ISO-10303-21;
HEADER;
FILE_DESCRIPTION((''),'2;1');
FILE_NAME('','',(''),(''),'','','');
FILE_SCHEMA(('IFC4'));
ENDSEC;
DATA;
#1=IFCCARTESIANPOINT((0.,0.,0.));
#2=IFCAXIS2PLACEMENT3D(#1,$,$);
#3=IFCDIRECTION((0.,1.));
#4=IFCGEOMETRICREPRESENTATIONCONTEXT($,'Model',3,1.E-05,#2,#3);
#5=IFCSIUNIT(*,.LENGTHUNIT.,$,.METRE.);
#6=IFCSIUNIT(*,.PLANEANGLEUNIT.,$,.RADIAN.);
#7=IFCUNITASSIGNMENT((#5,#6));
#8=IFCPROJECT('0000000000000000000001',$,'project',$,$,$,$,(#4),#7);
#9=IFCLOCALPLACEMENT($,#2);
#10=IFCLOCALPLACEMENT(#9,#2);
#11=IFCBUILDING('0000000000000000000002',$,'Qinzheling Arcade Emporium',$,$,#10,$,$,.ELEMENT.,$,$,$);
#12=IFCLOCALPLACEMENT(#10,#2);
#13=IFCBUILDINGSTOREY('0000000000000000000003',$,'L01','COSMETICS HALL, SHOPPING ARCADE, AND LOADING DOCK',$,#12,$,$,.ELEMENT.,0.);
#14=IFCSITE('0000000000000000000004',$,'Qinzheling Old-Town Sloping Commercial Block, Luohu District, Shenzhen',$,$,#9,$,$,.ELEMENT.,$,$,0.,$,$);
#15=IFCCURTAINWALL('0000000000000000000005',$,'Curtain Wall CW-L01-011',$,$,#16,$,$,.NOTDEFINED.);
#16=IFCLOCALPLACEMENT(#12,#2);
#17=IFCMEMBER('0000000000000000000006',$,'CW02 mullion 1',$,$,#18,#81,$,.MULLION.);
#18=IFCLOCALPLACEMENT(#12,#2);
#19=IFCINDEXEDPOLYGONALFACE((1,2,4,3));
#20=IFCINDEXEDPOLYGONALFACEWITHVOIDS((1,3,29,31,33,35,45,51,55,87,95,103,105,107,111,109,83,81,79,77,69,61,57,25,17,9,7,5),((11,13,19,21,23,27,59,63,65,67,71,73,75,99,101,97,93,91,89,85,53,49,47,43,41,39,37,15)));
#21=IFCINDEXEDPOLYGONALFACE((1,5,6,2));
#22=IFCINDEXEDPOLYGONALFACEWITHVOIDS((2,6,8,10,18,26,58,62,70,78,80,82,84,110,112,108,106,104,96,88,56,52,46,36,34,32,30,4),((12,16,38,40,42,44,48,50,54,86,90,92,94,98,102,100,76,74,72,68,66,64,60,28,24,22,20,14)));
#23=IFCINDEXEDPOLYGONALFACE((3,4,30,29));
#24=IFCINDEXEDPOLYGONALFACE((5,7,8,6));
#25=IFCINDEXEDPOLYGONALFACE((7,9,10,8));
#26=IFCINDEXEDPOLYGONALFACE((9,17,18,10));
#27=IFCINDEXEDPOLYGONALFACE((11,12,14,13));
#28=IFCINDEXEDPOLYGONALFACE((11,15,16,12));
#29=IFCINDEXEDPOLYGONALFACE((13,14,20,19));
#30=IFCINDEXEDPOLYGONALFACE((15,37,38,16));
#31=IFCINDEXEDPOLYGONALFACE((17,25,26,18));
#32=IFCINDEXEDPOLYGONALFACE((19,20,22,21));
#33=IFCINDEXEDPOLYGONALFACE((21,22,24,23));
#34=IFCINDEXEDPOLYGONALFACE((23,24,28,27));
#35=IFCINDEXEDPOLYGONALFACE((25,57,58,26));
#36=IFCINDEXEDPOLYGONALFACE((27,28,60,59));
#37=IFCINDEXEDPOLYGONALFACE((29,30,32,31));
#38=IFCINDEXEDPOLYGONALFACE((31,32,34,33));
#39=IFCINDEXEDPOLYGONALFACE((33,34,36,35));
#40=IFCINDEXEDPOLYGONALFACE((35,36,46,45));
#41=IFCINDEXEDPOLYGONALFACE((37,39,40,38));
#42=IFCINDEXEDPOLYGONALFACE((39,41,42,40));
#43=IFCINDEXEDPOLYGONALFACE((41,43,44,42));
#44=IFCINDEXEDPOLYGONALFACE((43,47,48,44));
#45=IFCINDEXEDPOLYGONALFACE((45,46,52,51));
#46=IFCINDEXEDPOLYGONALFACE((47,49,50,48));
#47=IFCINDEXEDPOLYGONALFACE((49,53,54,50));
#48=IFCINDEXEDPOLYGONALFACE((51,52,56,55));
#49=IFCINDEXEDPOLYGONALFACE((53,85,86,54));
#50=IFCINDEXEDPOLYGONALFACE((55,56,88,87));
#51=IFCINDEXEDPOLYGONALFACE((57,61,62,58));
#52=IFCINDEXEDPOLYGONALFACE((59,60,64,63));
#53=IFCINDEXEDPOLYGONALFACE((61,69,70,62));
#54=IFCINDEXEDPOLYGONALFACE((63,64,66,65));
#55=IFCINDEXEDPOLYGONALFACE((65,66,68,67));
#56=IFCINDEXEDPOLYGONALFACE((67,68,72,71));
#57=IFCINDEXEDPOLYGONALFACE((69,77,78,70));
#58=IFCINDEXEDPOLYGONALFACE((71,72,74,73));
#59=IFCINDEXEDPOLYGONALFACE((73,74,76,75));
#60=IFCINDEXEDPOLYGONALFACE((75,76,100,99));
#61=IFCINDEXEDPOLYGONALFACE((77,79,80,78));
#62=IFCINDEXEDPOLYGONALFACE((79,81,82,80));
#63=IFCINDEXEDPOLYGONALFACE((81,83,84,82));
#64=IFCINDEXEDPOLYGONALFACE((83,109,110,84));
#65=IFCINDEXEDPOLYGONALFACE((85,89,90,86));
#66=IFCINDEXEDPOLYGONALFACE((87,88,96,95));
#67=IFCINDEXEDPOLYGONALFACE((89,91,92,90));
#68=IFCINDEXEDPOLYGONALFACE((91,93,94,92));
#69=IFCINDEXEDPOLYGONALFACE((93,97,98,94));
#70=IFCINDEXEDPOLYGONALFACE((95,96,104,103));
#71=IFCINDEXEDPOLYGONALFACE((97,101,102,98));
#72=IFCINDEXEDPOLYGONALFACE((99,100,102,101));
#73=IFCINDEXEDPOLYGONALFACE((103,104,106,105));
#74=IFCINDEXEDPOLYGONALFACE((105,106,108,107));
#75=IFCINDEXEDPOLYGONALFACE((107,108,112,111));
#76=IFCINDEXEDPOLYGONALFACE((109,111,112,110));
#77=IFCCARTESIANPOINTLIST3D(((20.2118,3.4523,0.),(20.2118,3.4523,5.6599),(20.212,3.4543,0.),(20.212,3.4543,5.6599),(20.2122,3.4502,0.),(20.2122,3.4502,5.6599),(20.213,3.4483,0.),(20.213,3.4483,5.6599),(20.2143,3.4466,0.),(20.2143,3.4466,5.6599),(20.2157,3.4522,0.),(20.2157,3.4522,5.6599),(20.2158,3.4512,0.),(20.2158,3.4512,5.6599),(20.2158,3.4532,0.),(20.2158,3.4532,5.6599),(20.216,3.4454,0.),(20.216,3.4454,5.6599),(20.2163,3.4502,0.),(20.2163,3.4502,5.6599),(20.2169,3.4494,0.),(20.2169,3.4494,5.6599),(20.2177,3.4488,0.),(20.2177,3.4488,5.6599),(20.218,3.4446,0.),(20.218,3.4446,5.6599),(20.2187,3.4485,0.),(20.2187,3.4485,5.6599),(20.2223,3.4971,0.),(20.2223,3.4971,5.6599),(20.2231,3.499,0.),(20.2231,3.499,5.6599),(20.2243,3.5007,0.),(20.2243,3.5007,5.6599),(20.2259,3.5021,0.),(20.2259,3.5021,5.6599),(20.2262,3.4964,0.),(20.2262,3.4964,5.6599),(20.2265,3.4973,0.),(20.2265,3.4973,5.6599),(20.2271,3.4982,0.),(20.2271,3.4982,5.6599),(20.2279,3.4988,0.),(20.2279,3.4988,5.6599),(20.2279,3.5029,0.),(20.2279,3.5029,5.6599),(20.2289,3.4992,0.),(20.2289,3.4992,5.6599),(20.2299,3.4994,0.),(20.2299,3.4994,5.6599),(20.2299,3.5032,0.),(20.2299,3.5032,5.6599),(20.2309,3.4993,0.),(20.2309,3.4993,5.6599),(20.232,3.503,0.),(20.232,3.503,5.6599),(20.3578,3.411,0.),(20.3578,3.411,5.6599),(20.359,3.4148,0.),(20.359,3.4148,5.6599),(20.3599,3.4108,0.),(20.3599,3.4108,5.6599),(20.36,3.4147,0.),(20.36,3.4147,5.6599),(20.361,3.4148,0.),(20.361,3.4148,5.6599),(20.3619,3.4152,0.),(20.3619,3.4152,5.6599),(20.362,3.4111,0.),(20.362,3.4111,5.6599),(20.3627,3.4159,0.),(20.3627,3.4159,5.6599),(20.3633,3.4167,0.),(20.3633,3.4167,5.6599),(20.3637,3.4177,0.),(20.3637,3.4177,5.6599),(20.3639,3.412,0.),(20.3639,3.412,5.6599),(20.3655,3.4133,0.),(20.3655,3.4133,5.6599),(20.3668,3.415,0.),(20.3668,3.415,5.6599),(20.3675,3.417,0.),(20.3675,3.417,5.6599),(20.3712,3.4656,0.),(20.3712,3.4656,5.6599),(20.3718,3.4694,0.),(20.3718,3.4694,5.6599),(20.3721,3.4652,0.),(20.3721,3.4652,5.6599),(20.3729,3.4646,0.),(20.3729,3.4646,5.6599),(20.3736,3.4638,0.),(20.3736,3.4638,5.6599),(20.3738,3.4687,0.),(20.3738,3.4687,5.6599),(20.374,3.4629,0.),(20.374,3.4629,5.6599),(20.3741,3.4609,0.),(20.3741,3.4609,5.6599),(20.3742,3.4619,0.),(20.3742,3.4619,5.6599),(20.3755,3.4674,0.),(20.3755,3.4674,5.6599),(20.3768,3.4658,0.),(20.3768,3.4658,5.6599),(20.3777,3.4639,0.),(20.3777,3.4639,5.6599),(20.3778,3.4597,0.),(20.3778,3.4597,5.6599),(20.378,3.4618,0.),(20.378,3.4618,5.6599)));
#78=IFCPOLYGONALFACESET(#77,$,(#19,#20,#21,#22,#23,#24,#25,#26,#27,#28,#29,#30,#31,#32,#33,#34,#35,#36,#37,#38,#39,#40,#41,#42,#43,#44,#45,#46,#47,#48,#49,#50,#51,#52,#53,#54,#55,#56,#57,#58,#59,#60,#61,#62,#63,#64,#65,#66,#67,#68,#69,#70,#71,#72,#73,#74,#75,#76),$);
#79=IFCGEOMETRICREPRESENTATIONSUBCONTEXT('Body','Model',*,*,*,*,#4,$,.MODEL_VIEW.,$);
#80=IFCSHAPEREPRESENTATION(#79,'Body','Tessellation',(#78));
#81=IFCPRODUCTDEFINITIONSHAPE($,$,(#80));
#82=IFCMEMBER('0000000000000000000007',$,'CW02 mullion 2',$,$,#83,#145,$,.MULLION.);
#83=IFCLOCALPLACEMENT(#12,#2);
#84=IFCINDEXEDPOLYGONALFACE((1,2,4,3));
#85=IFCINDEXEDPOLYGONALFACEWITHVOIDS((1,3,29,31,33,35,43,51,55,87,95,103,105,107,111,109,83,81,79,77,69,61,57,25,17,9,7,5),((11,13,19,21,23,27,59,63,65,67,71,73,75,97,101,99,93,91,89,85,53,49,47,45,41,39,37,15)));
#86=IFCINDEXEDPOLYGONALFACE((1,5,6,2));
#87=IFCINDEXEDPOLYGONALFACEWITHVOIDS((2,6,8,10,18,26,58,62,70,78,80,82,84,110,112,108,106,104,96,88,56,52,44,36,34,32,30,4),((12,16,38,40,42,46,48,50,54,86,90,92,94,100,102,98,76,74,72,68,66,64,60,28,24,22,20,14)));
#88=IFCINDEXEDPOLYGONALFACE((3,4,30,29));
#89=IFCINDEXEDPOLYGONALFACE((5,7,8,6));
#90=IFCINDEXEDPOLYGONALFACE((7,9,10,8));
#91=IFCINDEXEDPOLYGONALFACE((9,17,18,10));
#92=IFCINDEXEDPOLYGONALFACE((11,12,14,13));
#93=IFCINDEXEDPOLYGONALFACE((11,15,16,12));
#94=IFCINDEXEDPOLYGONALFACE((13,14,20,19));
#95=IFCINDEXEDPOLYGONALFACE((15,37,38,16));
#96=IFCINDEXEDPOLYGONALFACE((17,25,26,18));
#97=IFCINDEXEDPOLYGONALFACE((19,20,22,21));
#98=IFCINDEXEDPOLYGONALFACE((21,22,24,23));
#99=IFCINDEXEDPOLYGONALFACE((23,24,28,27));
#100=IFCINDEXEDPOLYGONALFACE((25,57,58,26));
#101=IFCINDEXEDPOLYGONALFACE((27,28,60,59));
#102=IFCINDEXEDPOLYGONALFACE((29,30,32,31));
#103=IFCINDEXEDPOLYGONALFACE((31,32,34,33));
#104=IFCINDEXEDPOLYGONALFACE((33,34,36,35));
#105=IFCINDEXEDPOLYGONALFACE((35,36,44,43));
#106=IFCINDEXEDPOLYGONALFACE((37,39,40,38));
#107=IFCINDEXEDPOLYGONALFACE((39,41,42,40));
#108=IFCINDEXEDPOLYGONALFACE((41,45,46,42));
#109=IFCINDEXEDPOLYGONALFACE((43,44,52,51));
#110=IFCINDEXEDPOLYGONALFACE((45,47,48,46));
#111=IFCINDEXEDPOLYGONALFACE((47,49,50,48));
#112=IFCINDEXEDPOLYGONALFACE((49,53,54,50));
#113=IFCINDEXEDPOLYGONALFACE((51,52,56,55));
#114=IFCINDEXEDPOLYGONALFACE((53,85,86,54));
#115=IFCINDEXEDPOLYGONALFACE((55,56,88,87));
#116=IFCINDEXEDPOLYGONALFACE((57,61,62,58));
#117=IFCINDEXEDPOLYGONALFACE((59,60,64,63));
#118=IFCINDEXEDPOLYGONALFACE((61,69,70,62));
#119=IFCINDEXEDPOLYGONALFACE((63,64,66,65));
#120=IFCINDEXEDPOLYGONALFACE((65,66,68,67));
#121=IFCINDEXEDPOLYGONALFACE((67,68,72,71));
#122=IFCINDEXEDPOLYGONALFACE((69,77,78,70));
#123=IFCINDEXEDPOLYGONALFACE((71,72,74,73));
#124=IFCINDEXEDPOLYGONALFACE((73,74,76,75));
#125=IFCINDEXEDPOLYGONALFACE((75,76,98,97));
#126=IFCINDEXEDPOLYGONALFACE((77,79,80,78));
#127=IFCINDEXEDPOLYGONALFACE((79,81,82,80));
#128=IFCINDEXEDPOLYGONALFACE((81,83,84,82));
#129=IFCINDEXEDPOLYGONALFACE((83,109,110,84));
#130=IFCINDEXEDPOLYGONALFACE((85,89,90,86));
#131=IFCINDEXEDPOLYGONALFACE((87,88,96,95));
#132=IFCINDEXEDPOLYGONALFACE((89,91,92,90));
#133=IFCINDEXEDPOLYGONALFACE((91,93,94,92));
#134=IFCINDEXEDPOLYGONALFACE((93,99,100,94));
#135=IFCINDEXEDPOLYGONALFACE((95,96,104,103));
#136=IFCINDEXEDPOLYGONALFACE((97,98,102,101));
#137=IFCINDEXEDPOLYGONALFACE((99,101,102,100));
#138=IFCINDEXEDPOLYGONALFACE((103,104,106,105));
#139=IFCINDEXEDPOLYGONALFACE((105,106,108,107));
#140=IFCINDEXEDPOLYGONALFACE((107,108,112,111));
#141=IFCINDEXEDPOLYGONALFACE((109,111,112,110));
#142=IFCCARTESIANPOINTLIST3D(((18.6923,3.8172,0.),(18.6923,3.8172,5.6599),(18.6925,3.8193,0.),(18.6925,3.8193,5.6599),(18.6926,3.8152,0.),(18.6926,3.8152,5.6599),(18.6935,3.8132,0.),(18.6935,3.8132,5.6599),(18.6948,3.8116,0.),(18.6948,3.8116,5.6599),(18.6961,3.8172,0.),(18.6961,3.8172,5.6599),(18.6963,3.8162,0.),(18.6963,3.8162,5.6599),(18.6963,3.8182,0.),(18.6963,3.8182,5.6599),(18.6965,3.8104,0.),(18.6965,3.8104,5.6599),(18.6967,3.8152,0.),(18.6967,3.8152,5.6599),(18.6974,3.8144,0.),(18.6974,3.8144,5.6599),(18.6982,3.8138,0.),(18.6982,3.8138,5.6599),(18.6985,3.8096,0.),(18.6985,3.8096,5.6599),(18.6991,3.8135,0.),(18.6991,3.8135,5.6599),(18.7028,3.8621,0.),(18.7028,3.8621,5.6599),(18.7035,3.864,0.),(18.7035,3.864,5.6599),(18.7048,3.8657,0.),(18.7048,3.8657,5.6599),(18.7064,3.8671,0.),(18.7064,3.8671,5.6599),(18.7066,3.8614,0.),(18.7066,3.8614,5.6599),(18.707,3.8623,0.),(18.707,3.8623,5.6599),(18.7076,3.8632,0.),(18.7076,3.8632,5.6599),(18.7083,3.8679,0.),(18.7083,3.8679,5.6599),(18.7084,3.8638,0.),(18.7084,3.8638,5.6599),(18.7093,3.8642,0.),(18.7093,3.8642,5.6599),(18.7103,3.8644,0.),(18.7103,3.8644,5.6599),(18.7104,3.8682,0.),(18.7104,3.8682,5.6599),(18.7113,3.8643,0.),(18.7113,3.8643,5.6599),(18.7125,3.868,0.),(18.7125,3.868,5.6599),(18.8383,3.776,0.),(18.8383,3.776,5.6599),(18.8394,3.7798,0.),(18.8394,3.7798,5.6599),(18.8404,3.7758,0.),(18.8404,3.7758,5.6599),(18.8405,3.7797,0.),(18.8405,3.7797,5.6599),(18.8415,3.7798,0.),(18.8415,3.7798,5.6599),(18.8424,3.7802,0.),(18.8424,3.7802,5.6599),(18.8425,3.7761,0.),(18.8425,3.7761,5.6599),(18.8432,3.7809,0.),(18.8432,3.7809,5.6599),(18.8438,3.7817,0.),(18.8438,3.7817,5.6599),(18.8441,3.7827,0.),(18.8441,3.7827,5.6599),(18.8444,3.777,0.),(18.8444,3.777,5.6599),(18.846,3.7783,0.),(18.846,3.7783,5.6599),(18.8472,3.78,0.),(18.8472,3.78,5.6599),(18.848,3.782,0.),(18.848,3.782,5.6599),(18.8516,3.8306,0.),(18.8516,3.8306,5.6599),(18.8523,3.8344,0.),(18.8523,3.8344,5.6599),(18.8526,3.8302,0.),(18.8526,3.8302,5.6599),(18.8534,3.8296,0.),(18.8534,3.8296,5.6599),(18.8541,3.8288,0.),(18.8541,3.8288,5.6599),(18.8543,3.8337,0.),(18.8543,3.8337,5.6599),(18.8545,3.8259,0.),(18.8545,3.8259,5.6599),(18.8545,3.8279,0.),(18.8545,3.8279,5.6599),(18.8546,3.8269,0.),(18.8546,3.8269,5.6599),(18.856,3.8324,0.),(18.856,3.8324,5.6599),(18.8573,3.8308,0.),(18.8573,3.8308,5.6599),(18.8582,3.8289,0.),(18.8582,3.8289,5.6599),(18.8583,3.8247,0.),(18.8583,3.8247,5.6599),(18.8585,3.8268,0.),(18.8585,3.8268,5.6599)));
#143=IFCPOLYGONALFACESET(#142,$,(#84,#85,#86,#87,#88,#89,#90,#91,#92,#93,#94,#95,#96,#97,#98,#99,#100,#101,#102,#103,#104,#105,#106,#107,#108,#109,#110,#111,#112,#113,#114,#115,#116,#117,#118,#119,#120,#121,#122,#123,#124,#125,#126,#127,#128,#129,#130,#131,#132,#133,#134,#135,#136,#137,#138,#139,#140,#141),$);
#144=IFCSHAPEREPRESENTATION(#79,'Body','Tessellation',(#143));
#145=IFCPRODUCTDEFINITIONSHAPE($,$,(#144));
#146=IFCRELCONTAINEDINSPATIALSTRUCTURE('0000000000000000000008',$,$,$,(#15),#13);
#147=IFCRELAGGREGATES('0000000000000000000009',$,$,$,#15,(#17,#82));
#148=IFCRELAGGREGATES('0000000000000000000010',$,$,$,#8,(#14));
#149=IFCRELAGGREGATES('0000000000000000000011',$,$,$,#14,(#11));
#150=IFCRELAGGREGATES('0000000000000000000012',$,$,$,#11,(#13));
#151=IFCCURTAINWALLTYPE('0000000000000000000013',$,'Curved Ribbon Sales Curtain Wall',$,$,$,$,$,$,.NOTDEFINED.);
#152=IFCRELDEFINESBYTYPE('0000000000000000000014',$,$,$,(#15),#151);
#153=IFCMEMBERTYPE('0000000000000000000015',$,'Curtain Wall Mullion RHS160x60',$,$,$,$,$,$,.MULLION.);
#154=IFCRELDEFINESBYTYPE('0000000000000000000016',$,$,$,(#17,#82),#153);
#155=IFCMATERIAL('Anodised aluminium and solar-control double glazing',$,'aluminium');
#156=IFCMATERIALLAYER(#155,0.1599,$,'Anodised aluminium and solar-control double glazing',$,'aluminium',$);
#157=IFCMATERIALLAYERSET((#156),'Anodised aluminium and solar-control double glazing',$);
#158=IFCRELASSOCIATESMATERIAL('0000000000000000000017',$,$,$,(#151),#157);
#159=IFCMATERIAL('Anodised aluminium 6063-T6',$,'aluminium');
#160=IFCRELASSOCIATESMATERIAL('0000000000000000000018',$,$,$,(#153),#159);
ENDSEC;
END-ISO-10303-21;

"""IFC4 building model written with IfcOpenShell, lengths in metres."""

from ifc_helpers import new_model, si_unit, direction, frame, origin, origin_2d, place, context, subcontext, project, spatial, hollow_rectangle, extrude, material, layer, layer_set, material_profile, profile_set, type_object, element, aggregate, save


model = new_model("IFC4")

# Units and contexts
model_context = context("Model", 3, precision=1e-05, world=origin(), true_north=direction((0.0, 1.0)))
body_context = subcontext(model_context, "Body", "Model", "MODEL_VIEW")
ifc_project = project(units=[si_unit("LENGTHUNIT", "METRE"), si_unit("PLANEANGLEUNIT", "RADIAN")], contexts=[model_context])

# Site, building, storey
site_placement = place(None, origin())
site = spatial("IfcSite", under=ifc_project, at=site_placement, Name="Qinzheling Old-Town Sloping Commercial Block, Luohu District, Shenzhen", CompositionType="ELEMENT", RefElevation=0.0)
building_placement = place(site_placement, origin())
building = spatial("IfcBuilding", under=site, at=building_placement, Name="Qinzheling Arcade Emporium", CompositionType="ELEMENT")
storey_placement = place(building_placement, origin())
storey = spatial("IfcBuildingStorey", under=building, at=storey_placement, Name="L01", Description="COSMETICS HALL, SHOPPING ARCADE, AND LOADING DOCK", CompositionType="ELEMENT", Elevation=0.0)

# Curtain wall, members
ifc_material_1 = material(Name="Anodised aluminium and solar-control double glazing", Category="aluminium")
ifc_layer_1 = layer(ifc_material_1, 0.1599, Name="Anodised aluminium and solar-control double glazing", Category="aluminium")
ifc_layer_set_1 = layer_set([ifc_layer_1], Name="Anodised aluminium and solar-control double glazing")
curtain_wall_type = type_object("IfcCurtainWallType", Name="Curved Ribbon Sales Curtain Wall", PredefinedType="NOTDEFINED", material=ifc_layer_set_1)
curtain_wall_placement = place(storey_placement, origin())
curtain_wall = element("IfcCurtainWall", 1, at=curtain_wall_placement, inside=storey, type_object=curtain_wall_type, Name="Curtain Wall CW-L01-011", PredefinedType="NOTDEFINED")
ifc_material_2 = material(Name="Anodised aluminium 6063-T6", Category="aluminium")
ifc_material_profile_1 = material_profile(ifc_material_2, hollow_rectangle(XDim=0.0601, YDim=0.1599, WallThickness=0.0039, InnerFilletRadius=0.0039, OuterFilletRadius=0.0081, at=origin_2d()), Name="RHS 160x60x4", Category="aluminium")
ifc_profile_set_1 = profile_set([ifc_material_profile_1], Name="Anodised aluminium 6063-T6")
member_type_1 = type_object("IfcMemberType", Name="Curtain Wall Mullion RHS160x60", PredefinedType="MULLION", material=ifc_profile_set_1)
member_1_placement = place(storey_placement, frame((20.2949, 3.457, 0.0), z_axis=(0.0, 0.0, 1.0), x_axis=(-0.233587, -0.972336, 0.0)))
member_1 = element("IfcMember", 2, at=member_1_placement, type_object=member_type_1, Name="CW02 mullion 1", PredefinedType="MULLION", context=body_context, shape_type="SweptSolid", body=[
    extrude(hollow_rectangle(XDim=0.0601, YDim=0.1599, WallThickness=0.0039, InnerFilletRadius=0.0039, OuterFilletRadius=0.0081, at=origin_2d()), origin(), (0.0, 0.0, 1.0), 5.6599),
])
member_2_placement = place(storey_placement, frame((18.7754, 3.822, 0.0), z_axis=(0.0, 0.0, 1.0), x_axis=(-0.233587, -0.972336, 0.0)))
member_2 = element("IfcMember", 3, at=member_2_placement, type_object=member_type_1, Name="CW02 mullion 2", PredefinedType="MULLION", context=body_context, shape_type="SweptSolid", body=[
    extrude(hollow_rectangle(XDim=0.0601, YDim=0.1599, WallThickness=0.0039, InnerFilletRadius=0.0039, OuterFilletRadius=0.0081, at=origin_2d()), origin(), (0.0, 0.0, 1.0), 5.6599),
])

aggregate(curtain_wall, [member_1, member_2])

save(model, "model.ifc")
